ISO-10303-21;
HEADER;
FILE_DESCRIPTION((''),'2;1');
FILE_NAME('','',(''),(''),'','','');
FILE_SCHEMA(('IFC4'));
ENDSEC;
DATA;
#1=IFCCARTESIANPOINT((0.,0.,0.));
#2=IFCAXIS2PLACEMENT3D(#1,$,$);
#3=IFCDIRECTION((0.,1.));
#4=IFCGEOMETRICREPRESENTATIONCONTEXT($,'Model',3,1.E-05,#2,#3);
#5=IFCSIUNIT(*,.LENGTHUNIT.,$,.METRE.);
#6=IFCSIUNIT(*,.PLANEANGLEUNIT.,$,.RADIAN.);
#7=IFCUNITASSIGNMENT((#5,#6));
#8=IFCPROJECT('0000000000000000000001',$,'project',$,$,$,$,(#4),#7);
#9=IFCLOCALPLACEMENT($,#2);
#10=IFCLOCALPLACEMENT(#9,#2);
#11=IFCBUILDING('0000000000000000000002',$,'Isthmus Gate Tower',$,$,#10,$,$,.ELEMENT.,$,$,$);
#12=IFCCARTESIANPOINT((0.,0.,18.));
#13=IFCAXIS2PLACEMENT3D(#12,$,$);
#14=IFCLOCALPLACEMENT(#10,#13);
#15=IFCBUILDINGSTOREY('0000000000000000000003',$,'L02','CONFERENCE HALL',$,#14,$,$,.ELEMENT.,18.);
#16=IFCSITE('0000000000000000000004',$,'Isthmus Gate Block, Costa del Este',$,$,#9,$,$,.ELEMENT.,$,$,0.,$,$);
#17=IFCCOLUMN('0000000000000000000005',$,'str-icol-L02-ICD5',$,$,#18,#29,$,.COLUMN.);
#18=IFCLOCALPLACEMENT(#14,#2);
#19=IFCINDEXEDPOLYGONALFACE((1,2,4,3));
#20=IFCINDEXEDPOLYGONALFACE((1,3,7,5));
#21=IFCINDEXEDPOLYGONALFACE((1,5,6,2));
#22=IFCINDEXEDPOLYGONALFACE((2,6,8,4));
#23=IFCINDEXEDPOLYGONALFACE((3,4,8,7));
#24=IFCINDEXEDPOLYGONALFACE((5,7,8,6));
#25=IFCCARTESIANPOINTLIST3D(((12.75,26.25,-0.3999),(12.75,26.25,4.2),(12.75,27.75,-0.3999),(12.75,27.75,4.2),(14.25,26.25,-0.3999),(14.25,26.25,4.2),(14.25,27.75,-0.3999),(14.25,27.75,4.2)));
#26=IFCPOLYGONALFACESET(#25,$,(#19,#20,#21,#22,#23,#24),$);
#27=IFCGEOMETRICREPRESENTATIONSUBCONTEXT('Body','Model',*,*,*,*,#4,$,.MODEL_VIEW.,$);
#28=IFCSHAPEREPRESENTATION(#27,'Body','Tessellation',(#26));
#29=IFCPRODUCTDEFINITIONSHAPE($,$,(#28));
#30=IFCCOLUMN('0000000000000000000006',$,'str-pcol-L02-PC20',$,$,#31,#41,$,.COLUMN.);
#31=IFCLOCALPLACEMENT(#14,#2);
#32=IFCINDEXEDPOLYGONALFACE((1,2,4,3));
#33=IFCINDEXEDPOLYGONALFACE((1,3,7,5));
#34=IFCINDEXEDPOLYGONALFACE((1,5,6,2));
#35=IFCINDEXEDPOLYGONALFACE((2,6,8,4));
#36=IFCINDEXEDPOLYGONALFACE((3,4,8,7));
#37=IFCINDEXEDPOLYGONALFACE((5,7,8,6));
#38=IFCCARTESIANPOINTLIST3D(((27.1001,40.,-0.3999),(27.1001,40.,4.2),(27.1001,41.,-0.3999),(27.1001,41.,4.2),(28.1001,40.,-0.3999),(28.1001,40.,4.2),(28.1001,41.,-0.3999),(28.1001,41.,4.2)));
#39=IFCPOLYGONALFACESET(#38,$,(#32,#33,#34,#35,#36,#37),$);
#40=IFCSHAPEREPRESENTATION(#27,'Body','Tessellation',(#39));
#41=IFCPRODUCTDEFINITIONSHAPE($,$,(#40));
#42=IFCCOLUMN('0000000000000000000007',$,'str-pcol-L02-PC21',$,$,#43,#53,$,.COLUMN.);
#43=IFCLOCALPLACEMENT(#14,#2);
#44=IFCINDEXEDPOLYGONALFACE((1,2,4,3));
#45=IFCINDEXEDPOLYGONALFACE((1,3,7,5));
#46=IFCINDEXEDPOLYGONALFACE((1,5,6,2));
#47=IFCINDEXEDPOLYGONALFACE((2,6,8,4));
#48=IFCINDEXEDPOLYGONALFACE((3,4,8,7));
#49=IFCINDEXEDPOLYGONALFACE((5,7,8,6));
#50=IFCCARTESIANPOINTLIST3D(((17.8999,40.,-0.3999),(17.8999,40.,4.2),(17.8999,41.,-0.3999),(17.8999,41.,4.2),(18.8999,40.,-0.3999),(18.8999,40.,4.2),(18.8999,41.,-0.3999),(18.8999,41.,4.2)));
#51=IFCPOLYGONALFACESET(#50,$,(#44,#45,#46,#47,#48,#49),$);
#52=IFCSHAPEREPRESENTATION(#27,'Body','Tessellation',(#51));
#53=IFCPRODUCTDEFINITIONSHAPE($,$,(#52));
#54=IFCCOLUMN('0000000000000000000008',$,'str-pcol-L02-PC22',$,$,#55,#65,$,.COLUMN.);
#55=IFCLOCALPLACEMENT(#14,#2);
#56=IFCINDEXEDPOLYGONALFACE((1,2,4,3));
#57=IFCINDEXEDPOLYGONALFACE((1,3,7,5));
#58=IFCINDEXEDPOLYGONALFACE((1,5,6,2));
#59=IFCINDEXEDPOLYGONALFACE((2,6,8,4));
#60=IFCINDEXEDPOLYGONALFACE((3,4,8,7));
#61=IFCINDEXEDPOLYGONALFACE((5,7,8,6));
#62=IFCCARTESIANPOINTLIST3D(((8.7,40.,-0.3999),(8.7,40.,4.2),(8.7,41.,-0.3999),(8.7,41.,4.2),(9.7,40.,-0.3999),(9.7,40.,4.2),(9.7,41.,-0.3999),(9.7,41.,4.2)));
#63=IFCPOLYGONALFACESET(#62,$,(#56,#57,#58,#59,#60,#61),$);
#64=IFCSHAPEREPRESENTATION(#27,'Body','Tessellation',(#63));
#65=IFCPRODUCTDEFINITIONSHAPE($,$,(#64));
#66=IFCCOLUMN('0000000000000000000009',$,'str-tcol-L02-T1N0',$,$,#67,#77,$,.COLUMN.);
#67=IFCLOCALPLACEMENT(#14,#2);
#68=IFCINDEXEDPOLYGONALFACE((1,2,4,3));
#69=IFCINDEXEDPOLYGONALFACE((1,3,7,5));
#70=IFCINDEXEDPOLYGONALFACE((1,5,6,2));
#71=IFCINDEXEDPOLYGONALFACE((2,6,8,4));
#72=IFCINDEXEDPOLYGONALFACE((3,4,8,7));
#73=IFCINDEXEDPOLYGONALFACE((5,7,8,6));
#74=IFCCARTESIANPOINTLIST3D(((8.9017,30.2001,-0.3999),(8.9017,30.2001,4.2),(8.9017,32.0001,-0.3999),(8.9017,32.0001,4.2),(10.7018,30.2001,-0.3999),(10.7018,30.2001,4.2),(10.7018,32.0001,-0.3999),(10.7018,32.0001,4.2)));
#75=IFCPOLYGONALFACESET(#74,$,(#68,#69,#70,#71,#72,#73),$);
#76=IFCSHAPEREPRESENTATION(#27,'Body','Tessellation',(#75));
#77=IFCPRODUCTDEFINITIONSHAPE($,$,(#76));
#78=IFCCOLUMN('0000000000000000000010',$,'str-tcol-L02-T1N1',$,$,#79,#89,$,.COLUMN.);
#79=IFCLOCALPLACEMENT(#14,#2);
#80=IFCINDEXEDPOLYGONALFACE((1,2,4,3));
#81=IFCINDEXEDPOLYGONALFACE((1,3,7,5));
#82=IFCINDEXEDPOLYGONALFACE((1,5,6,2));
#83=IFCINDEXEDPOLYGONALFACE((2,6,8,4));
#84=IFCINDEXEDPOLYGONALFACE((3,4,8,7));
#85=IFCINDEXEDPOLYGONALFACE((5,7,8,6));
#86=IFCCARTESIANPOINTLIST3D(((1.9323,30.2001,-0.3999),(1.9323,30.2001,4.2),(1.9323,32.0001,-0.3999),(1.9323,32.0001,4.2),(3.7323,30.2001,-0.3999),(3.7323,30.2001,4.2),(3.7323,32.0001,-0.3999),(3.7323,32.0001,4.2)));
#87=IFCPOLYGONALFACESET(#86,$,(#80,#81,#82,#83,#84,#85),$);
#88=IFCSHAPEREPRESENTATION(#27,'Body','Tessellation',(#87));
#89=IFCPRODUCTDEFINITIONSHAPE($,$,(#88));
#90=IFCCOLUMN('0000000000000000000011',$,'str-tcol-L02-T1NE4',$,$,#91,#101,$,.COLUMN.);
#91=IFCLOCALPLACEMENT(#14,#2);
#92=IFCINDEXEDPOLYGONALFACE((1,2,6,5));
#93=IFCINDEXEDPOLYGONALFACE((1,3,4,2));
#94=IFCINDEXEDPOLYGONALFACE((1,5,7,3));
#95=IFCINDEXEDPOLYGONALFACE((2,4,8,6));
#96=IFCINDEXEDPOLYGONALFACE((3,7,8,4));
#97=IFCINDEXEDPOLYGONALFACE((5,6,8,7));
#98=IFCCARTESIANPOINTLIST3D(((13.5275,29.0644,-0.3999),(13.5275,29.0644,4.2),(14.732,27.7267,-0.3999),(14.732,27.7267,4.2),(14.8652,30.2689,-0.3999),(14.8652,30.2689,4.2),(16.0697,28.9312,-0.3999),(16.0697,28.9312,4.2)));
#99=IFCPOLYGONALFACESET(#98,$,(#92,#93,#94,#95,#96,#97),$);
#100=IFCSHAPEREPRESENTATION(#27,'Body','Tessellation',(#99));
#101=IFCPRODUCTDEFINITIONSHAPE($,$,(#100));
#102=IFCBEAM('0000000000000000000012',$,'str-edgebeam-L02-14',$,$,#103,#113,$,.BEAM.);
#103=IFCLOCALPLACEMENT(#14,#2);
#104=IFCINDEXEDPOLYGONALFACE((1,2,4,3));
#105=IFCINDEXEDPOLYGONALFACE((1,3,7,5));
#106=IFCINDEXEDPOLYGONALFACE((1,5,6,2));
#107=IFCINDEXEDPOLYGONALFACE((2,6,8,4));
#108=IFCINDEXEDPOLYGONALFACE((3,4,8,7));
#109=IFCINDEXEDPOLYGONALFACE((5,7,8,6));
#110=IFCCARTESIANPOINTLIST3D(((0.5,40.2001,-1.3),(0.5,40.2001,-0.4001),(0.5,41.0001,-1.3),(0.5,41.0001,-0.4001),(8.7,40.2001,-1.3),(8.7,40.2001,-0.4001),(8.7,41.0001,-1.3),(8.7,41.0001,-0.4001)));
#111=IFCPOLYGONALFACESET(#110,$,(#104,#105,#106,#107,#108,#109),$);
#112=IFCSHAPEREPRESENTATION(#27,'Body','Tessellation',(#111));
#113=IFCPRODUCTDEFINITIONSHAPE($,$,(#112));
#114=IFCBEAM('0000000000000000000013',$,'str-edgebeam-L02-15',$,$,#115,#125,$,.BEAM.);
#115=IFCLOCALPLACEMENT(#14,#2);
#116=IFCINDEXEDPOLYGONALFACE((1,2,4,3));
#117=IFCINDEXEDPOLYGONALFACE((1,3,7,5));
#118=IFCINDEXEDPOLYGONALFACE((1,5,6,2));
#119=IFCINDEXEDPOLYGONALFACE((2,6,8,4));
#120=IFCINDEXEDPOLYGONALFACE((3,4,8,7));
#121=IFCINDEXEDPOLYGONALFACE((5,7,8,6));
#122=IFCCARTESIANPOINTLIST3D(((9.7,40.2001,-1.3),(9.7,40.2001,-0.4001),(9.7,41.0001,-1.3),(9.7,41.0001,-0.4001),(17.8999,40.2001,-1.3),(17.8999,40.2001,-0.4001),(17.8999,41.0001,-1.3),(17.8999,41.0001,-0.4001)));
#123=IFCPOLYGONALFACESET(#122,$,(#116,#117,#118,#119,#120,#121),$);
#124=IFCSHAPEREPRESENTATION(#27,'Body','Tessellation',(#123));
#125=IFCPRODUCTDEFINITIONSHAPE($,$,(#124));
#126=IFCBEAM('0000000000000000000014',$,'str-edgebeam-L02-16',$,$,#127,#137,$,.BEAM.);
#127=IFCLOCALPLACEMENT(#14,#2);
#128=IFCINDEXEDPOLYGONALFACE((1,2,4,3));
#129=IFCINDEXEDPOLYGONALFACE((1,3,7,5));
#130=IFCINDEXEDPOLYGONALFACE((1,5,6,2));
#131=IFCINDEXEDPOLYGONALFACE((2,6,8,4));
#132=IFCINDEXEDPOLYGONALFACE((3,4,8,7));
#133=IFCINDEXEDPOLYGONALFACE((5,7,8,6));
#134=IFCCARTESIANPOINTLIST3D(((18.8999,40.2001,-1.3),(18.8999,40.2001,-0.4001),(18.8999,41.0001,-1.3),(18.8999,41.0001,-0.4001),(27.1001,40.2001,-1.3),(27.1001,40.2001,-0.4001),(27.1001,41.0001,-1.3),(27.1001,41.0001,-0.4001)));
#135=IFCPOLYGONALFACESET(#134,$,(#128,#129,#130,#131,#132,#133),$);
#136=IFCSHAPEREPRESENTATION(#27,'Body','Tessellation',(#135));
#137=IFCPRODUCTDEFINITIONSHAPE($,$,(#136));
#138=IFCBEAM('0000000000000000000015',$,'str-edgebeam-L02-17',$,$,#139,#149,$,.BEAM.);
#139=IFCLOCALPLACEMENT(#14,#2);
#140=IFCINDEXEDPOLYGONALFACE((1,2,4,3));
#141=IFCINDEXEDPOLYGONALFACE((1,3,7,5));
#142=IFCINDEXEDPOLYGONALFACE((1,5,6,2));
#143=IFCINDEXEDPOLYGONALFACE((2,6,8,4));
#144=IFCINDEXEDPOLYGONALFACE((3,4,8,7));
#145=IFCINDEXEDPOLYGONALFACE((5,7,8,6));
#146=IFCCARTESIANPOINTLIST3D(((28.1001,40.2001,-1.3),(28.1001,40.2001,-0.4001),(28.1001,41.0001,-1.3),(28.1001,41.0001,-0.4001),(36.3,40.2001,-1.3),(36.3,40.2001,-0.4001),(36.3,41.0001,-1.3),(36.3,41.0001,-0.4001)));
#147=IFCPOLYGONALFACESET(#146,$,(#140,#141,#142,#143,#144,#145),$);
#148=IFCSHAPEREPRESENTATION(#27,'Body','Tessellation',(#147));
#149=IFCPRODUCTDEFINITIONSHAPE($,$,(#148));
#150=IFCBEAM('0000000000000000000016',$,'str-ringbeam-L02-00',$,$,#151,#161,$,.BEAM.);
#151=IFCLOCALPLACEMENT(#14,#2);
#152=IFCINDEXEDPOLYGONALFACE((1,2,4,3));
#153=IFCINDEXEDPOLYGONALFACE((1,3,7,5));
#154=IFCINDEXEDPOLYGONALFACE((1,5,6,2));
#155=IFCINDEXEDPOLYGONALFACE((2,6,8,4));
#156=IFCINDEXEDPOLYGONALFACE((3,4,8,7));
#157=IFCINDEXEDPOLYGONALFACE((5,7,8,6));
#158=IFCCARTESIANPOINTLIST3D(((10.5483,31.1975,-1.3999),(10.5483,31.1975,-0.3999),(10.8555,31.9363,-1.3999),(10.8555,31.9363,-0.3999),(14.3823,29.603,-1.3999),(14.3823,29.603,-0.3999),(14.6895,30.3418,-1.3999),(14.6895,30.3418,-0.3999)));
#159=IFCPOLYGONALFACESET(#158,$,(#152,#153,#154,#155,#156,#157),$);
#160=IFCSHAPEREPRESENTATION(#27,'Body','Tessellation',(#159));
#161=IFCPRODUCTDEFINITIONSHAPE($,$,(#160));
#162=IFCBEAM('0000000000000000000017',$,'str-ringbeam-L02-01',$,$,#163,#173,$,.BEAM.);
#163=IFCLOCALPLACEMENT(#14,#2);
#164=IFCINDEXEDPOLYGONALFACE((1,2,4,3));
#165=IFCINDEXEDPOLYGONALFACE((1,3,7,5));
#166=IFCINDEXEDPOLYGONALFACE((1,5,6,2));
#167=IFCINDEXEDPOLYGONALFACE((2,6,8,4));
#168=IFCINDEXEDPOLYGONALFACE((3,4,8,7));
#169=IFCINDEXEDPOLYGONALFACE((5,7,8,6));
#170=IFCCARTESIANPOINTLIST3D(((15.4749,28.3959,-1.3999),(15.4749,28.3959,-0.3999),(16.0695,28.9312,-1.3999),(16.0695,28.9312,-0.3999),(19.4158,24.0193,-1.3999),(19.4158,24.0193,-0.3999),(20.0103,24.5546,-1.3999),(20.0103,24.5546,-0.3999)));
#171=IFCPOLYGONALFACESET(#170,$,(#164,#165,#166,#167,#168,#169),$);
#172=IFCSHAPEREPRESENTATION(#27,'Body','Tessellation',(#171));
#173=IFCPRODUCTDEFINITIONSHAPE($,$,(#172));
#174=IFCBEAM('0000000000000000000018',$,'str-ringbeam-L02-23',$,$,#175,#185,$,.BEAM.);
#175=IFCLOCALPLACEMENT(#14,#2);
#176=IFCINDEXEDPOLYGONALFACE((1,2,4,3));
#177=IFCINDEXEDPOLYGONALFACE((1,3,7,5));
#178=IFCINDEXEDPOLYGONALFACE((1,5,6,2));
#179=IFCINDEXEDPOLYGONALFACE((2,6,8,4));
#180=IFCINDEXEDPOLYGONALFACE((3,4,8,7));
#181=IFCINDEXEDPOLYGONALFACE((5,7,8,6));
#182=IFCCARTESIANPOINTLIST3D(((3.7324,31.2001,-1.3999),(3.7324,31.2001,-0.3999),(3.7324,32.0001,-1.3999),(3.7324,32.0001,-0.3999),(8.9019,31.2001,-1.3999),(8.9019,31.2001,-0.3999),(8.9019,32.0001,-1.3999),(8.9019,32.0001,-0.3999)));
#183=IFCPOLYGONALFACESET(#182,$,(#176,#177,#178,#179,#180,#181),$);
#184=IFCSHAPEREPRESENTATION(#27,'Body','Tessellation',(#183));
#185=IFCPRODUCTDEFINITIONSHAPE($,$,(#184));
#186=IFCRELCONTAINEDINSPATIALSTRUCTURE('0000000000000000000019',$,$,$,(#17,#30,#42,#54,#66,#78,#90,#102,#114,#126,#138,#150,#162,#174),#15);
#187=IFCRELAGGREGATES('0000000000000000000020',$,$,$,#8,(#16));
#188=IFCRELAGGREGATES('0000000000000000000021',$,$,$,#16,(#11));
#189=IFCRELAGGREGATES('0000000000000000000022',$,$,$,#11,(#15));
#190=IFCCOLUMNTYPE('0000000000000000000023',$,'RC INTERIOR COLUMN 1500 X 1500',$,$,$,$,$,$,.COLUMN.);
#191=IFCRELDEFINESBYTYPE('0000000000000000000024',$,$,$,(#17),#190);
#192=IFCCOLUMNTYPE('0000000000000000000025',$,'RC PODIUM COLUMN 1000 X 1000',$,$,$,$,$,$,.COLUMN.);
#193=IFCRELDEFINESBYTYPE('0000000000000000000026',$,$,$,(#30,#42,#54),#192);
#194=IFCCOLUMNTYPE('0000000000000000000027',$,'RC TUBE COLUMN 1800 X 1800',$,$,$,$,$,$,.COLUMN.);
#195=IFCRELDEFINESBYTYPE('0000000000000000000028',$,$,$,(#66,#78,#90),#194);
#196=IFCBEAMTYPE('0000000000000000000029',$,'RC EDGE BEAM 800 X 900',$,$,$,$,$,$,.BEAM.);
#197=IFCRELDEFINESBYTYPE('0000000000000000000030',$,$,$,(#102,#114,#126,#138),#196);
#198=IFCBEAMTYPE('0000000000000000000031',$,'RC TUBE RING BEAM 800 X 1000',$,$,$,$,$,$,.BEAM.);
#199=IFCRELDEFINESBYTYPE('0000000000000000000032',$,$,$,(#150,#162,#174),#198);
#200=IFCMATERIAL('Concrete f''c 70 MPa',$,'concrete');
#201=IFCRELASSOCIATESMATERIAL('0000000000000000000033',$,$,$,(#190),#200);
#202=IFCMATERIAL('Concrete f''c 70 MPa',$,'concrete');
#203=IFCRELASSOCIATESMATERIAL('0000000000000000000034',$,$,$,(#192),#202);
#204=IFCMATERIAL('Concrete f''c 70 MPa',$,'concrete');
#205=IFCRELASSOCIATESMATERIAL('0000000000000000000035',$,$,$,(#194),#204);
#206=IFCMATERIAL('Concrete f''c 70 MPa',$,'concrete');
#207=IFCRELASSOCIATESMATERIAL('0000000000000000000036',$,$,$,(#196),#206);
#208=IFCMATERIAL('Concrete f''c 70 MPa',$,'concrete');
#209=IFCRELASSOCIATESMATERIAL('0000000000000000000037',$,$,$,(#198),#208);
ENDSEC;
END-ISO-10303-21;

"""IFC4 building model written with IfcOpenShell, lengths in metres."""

from ifc_helpers import new_model, si_unit, direction, frame, origin, origin_2d, place, context, subcontext, project, spatial, rectangle, extrude, material, material_profile, profile_set, type_object, element, save


model = new_model("IFC4")

# Units and contexts
model_context = context("Model", 3, precision=1e-05, world=origin(), true_north=direction((0.0, 1.0)))
body_context = subcontext(model_context, "Body", "Model", "MODEL_VIEW")
ifc_project = project(units=[si_unit("LENGTHUNIT", "METRE"), si_unit("PLANEANGLEUNIT", "RADIAN")], contexts=[model_context])

# Site, building, storey
site_placement = place(None, origin())
site = spatial("IfcSite", under=ifc_project, at=site_placement, Name="Isthmus Gate Block, Costa del Este", CompositionType="ELEMENT", RefElevation=0.0)
building_placement = place(site_placement, origin())
building = spatial("IfcBuilding", under=site, at=building_placement, Name="Isthmus Gate Tower", CompositionType="ELEMENT")
storey_placement = place(building_placement, frame((0.0, 0.0, 18.0)))
storey = spatial("IfcBuildingStorey", under=building, at=storey_placement, Name="L02", Description="CONFERENCE HALL", CompositionType="ELEMENT", Elevation=18.0)

# Columns
ifc_material_1 = material(Name="Concrete f'c 70 MPa", Category="concrete")
ifc_material_profile_1 = material_profile(ifc_material_1, rectangle(XDim=1.5, YDim=1.5, at=origin_2d()), Name="RC 1500X1500")
ifc_profile_set_1 = profile_set([ifc_material_profile_1], Name="Concrete f'c 70 MPa")
column_type_1 = type_object("IfcColumnType", Name="RC INTERIOR COLUMN 1500 X 1500", PredefinedType="COLUMN", material=ifc_profile_set_1)
column_placement = place(storey_placement, frame((13.5, 27.0, -0.3999), z_axis=(0.0, 0.0, 1.0), x_axis=(1.0, 0.0, 0.0)))
element("IfcColumn", 1, at=column_placement, inside=storey, type_object=column_type_1, Name="str-icol-L02-ICD5", PredefinedType="COLUMN", context=body_context, shape_type="SweptSolid", body=[
    extrude(rectangle(XDim=1.5, YDim=1.5, at=origin_2d()), origin(), (0.0, 0.0, 1.0), 4.5999),
])
ifc_material_2 = material(Name="Concrete f'c 70 MPa", Category="concrete")
ifc_material_profile_2 = material_profile(ifc_material_2, rectangle(XDim=1.0, YDim=1.0, at=origin_2d()), Name="RC 1000X1000")
ifc_profile_set_2 = profile_set([ifc_material_profile_2], Name="Concrete f'c 70 MPa")
column_type_2 = type_object("IfcColumnType", Name="RC PODIUM COLUMN 1000 X 1000", PredefinedType="COLUMN", material=ifc_profile_set_2)
for number, where, z_axis, x_axis, name in (
    (2, (27.6001, 40.5, -0.3999), (0.0, 0.0, 1.0), (-1.0, 0.0, 0.0), "str-pcol-L02-PC20"),
    (3, (18.3999, 40.5, -0.3999), (0.0, 0.0, 1.0), (-1.0, 0.0, 0.0), "str-pcol-L02-PC21"),
    (4, (9.2, 40.5, -0.3999), (0.0, 0.0, 1.0), (-1.0, 0.0, 0.0), "str-pcol-L02-PC22"),
):
    element("IfcColumn", number, at=place(storey_placement, frame(where, z_axis=z_axis, x_axis=x_axis)), inside=storey, type_object=column_type_2, Name=name, PredefinedType="COLUMN", context=body_context, shape_type="SweptSolid", body=[
        extrude(rectangle(XDim=1.0, YDim=1.0, at=origin_2d()), origin(), (0.0, 0.0, 1.0), 4.5999),
    ])
ifc_material_3 = material(Name="Concrete f'c 70 MPa", Category="concrete")
ifc_material_profile_3 = material_profile(ifc_material_3, rectangle(XDim=1.8, YDim=1.8, at=origin_2d()), Name="RC 1800X1800")
ifc_profile_set_3 = profile_set([ifc_material_profile_3], Name="Concrete f'c 70 MPa")
column_type_3 = type_object("IfcColumnType", Name="RC TUBE COLUMN 1800 X 1800", PredefinedType="COLUMN", material=ifc_profile_set_3)
for number, where, z_axis, x_axis, name in (
    (5, (9.8018, 31.1001, -0.3999), (0.0, 0.0, 1.0), (-1.0, 0.0, 0.0), "str-tcol-L02-T1N0"),
    (6, (2.8323, 31.1001, -0.3999), (0.0, 0.0, 1.0), (-1.0, 0.0, 0.0), "str-tcol-L02-T1N1"),
    (7, (14.7986, 28.9978, -0.3999), (0.0, 0.0, 1.0), (-0.669131, 0.743145, 0.0), "str-tcol-L02-T1NE4"),
):
    element("IfcColumn", number, at=place(storey_placement, frame(where, z_axis=z_axis, x_axis=x_axis)), inside=storey, type_object=column_type_3, Name=name, PredefinedType="COLUMN", context=body_context, shape_type="SweptSolid", body=[
        extrude(rectangle(XDim=1.8, YDim=1.8, at=origin_2d()), origin(), (0.0, 0.0, 1.0), 4.5999),
    ])

# Beams
ifc_material_4 = material(Name="Concrete f'c 70 MPa", Category="concrete")
ifc_material_profile_4 = material_profile(ifc_material_4, rectangle(XDim=0.8, YDim=0.8999, at=origin_2d()), Name="RC 800X900")
ifc_profile_set_4 = profile_set([ifc_material_profile_4], Name="Concrete f'c 70 MPa")
beam_type_1 = type_object("IfcBeamType", Name="RC EDGE BEAM 800 X 900", PredefinedType="BEAM", material=ifc_profile_set_4)
for number, where, z_axis, x_axis, name in (
    (8, (0.5, 40.6001, -0.8501), (1.0, 0.0, 0.0), (0.0, 1.0, 0.0), "str-edgebeam-L02-14"),
    (9, (9.7, 40.6001, -0.8501), (1.0, 0.0, 0.0), (0.0, 1.0, 0.0), "str-edgebeam-L02-15"),
):
    element("IfcBeam", number, at=place(storey_placement, frame(where, z_axis=z_axis, x_axis=x_axis)), inside=storey, type_object=beam_type_1, Name=name, PredefinedType="BEAM", context=body_context, shape_type="SweptSolid", body=[
        extrude(rectangle(XDim=0.8, YDim=0.8999, at=origin_2d()), origin(), (0.0, 0.0, 1.0), 8.2),
    ])
beam_1_placement = place(storey_placement, frame((18.8999, 40.6001, -0.8501), z_axis=(1.0, 0.0, 0.0), x_axis=(0.0, 1.0, 0.0)))
element("IfcBeam", 10, at=beam_1_placement, inside=storey, type_object=beam_type_1, Name="str-edgebeam-L02-16", PredefinedType="BEAM", context=body_context, shape_type="SweptSolid", body=[
    extrude(rectangle(XDim=0.8, YDim=0.8999, at=origin_2d()), origin(), (0.0, 0.0, 1.0), 8.2002),
])
beam_2_placement = place(storey_placement, frame((28.1001, 40.6001, -0.8501), z_axis=(1.0, 0.0, 0.0), x_axis=(0.0, 1.0, 0.0)))
element("IfcBeam", 11, at=beam_2_placement, inside=storey, type_object=beam_type_1, Name="str-edgebeam-L02-17", PredefinedType="BEAM", context=body_context, shape_type="SweptSolid", body=[
    extrude(rectangle(XDim=0.8, YDim=0.8999, at=origin_2d()), origin(), (0.0, 0.0, 1.0), 8.2),
])
ifc_material_5 = material(Name="Concrete f'c 70 MPa", Category="concrete")
ifc_material_profile_5 = material_profile(ifc_material_5, rectangle(XDim=0.8, YDim=1.0, at=origin_2d()), Name="RC 800X1000")
ifc_profile_set_5 = profile_set([ifc_material_profile_5], Name="Concrete f'c 70 MPa")
beam_type_2 = type_object("IfcBeamType", Name="RC TUBE RING BEAM 800 X 1000", PredefinedType="BEAM", material=ifc_profile_set_5)
beam_3_placement = place(storey_placement, frame((10.7019, 31.5669, -0.8999), z_axis=(0.923334, -0.383997, 0.0), x_axis=(0.383997, 0.923334, 0.0)))
element("IfcBeam", 12, at=beam_3_placement, inside=storey, type_object=beam_type_2, Name="str-ringbeam-L02-00", PredefinedType="BEAM", context=body_context, shape_type="SweptSolid", body=[
    extrude(rectangle(XDim=0.8, YDim=1.0, at=origin_2d()), origin(), (0.0, 0.0, 1.0), 4.1523),
])
beam_4_placement = place(storey_placement, frame((15.7722, 28.6636, -0.8999), z_axis=(0.669141, -0.743135, 0.0), x_axis=(0.743135, 0.669141, 0.0)))
element("IfcBeam", 13, at=beam_4_placement, inside=storey, type_object=beam_type_2, Name="str-ringbeam-L02-01", PredefinedType="BEAM", context=body_context, shape_type="SweptSolid", body=[
    extrude(rectangle(XDim=0.8, YDim=1.0, at=origin_2d()), origin(), (0.0, 0.0, 1.0), 5.8894),
])
beam_5_placement = place(storey_placement, frame((3.7324, 31.6001, -0.8999), z_axis=(1.0, 0.0, 0.0), x_axis=(0.0, 1.0, 0.0)))
element("IfcBeam", 14, at=beam_5_placement, inside=storey, type_object=beam_type_2, Name="str-ringbeam-L02-23", PredefinedType="BEAM", context=body_context, shape_type="SweptSolid", body=[
    extrude(rectangle(XDim=0.8, YDim=1.0, at=origin_2d()), origin(), (0.0, 0.0, 1.0), 5.1694),
])

save(model, "model.ifc")
